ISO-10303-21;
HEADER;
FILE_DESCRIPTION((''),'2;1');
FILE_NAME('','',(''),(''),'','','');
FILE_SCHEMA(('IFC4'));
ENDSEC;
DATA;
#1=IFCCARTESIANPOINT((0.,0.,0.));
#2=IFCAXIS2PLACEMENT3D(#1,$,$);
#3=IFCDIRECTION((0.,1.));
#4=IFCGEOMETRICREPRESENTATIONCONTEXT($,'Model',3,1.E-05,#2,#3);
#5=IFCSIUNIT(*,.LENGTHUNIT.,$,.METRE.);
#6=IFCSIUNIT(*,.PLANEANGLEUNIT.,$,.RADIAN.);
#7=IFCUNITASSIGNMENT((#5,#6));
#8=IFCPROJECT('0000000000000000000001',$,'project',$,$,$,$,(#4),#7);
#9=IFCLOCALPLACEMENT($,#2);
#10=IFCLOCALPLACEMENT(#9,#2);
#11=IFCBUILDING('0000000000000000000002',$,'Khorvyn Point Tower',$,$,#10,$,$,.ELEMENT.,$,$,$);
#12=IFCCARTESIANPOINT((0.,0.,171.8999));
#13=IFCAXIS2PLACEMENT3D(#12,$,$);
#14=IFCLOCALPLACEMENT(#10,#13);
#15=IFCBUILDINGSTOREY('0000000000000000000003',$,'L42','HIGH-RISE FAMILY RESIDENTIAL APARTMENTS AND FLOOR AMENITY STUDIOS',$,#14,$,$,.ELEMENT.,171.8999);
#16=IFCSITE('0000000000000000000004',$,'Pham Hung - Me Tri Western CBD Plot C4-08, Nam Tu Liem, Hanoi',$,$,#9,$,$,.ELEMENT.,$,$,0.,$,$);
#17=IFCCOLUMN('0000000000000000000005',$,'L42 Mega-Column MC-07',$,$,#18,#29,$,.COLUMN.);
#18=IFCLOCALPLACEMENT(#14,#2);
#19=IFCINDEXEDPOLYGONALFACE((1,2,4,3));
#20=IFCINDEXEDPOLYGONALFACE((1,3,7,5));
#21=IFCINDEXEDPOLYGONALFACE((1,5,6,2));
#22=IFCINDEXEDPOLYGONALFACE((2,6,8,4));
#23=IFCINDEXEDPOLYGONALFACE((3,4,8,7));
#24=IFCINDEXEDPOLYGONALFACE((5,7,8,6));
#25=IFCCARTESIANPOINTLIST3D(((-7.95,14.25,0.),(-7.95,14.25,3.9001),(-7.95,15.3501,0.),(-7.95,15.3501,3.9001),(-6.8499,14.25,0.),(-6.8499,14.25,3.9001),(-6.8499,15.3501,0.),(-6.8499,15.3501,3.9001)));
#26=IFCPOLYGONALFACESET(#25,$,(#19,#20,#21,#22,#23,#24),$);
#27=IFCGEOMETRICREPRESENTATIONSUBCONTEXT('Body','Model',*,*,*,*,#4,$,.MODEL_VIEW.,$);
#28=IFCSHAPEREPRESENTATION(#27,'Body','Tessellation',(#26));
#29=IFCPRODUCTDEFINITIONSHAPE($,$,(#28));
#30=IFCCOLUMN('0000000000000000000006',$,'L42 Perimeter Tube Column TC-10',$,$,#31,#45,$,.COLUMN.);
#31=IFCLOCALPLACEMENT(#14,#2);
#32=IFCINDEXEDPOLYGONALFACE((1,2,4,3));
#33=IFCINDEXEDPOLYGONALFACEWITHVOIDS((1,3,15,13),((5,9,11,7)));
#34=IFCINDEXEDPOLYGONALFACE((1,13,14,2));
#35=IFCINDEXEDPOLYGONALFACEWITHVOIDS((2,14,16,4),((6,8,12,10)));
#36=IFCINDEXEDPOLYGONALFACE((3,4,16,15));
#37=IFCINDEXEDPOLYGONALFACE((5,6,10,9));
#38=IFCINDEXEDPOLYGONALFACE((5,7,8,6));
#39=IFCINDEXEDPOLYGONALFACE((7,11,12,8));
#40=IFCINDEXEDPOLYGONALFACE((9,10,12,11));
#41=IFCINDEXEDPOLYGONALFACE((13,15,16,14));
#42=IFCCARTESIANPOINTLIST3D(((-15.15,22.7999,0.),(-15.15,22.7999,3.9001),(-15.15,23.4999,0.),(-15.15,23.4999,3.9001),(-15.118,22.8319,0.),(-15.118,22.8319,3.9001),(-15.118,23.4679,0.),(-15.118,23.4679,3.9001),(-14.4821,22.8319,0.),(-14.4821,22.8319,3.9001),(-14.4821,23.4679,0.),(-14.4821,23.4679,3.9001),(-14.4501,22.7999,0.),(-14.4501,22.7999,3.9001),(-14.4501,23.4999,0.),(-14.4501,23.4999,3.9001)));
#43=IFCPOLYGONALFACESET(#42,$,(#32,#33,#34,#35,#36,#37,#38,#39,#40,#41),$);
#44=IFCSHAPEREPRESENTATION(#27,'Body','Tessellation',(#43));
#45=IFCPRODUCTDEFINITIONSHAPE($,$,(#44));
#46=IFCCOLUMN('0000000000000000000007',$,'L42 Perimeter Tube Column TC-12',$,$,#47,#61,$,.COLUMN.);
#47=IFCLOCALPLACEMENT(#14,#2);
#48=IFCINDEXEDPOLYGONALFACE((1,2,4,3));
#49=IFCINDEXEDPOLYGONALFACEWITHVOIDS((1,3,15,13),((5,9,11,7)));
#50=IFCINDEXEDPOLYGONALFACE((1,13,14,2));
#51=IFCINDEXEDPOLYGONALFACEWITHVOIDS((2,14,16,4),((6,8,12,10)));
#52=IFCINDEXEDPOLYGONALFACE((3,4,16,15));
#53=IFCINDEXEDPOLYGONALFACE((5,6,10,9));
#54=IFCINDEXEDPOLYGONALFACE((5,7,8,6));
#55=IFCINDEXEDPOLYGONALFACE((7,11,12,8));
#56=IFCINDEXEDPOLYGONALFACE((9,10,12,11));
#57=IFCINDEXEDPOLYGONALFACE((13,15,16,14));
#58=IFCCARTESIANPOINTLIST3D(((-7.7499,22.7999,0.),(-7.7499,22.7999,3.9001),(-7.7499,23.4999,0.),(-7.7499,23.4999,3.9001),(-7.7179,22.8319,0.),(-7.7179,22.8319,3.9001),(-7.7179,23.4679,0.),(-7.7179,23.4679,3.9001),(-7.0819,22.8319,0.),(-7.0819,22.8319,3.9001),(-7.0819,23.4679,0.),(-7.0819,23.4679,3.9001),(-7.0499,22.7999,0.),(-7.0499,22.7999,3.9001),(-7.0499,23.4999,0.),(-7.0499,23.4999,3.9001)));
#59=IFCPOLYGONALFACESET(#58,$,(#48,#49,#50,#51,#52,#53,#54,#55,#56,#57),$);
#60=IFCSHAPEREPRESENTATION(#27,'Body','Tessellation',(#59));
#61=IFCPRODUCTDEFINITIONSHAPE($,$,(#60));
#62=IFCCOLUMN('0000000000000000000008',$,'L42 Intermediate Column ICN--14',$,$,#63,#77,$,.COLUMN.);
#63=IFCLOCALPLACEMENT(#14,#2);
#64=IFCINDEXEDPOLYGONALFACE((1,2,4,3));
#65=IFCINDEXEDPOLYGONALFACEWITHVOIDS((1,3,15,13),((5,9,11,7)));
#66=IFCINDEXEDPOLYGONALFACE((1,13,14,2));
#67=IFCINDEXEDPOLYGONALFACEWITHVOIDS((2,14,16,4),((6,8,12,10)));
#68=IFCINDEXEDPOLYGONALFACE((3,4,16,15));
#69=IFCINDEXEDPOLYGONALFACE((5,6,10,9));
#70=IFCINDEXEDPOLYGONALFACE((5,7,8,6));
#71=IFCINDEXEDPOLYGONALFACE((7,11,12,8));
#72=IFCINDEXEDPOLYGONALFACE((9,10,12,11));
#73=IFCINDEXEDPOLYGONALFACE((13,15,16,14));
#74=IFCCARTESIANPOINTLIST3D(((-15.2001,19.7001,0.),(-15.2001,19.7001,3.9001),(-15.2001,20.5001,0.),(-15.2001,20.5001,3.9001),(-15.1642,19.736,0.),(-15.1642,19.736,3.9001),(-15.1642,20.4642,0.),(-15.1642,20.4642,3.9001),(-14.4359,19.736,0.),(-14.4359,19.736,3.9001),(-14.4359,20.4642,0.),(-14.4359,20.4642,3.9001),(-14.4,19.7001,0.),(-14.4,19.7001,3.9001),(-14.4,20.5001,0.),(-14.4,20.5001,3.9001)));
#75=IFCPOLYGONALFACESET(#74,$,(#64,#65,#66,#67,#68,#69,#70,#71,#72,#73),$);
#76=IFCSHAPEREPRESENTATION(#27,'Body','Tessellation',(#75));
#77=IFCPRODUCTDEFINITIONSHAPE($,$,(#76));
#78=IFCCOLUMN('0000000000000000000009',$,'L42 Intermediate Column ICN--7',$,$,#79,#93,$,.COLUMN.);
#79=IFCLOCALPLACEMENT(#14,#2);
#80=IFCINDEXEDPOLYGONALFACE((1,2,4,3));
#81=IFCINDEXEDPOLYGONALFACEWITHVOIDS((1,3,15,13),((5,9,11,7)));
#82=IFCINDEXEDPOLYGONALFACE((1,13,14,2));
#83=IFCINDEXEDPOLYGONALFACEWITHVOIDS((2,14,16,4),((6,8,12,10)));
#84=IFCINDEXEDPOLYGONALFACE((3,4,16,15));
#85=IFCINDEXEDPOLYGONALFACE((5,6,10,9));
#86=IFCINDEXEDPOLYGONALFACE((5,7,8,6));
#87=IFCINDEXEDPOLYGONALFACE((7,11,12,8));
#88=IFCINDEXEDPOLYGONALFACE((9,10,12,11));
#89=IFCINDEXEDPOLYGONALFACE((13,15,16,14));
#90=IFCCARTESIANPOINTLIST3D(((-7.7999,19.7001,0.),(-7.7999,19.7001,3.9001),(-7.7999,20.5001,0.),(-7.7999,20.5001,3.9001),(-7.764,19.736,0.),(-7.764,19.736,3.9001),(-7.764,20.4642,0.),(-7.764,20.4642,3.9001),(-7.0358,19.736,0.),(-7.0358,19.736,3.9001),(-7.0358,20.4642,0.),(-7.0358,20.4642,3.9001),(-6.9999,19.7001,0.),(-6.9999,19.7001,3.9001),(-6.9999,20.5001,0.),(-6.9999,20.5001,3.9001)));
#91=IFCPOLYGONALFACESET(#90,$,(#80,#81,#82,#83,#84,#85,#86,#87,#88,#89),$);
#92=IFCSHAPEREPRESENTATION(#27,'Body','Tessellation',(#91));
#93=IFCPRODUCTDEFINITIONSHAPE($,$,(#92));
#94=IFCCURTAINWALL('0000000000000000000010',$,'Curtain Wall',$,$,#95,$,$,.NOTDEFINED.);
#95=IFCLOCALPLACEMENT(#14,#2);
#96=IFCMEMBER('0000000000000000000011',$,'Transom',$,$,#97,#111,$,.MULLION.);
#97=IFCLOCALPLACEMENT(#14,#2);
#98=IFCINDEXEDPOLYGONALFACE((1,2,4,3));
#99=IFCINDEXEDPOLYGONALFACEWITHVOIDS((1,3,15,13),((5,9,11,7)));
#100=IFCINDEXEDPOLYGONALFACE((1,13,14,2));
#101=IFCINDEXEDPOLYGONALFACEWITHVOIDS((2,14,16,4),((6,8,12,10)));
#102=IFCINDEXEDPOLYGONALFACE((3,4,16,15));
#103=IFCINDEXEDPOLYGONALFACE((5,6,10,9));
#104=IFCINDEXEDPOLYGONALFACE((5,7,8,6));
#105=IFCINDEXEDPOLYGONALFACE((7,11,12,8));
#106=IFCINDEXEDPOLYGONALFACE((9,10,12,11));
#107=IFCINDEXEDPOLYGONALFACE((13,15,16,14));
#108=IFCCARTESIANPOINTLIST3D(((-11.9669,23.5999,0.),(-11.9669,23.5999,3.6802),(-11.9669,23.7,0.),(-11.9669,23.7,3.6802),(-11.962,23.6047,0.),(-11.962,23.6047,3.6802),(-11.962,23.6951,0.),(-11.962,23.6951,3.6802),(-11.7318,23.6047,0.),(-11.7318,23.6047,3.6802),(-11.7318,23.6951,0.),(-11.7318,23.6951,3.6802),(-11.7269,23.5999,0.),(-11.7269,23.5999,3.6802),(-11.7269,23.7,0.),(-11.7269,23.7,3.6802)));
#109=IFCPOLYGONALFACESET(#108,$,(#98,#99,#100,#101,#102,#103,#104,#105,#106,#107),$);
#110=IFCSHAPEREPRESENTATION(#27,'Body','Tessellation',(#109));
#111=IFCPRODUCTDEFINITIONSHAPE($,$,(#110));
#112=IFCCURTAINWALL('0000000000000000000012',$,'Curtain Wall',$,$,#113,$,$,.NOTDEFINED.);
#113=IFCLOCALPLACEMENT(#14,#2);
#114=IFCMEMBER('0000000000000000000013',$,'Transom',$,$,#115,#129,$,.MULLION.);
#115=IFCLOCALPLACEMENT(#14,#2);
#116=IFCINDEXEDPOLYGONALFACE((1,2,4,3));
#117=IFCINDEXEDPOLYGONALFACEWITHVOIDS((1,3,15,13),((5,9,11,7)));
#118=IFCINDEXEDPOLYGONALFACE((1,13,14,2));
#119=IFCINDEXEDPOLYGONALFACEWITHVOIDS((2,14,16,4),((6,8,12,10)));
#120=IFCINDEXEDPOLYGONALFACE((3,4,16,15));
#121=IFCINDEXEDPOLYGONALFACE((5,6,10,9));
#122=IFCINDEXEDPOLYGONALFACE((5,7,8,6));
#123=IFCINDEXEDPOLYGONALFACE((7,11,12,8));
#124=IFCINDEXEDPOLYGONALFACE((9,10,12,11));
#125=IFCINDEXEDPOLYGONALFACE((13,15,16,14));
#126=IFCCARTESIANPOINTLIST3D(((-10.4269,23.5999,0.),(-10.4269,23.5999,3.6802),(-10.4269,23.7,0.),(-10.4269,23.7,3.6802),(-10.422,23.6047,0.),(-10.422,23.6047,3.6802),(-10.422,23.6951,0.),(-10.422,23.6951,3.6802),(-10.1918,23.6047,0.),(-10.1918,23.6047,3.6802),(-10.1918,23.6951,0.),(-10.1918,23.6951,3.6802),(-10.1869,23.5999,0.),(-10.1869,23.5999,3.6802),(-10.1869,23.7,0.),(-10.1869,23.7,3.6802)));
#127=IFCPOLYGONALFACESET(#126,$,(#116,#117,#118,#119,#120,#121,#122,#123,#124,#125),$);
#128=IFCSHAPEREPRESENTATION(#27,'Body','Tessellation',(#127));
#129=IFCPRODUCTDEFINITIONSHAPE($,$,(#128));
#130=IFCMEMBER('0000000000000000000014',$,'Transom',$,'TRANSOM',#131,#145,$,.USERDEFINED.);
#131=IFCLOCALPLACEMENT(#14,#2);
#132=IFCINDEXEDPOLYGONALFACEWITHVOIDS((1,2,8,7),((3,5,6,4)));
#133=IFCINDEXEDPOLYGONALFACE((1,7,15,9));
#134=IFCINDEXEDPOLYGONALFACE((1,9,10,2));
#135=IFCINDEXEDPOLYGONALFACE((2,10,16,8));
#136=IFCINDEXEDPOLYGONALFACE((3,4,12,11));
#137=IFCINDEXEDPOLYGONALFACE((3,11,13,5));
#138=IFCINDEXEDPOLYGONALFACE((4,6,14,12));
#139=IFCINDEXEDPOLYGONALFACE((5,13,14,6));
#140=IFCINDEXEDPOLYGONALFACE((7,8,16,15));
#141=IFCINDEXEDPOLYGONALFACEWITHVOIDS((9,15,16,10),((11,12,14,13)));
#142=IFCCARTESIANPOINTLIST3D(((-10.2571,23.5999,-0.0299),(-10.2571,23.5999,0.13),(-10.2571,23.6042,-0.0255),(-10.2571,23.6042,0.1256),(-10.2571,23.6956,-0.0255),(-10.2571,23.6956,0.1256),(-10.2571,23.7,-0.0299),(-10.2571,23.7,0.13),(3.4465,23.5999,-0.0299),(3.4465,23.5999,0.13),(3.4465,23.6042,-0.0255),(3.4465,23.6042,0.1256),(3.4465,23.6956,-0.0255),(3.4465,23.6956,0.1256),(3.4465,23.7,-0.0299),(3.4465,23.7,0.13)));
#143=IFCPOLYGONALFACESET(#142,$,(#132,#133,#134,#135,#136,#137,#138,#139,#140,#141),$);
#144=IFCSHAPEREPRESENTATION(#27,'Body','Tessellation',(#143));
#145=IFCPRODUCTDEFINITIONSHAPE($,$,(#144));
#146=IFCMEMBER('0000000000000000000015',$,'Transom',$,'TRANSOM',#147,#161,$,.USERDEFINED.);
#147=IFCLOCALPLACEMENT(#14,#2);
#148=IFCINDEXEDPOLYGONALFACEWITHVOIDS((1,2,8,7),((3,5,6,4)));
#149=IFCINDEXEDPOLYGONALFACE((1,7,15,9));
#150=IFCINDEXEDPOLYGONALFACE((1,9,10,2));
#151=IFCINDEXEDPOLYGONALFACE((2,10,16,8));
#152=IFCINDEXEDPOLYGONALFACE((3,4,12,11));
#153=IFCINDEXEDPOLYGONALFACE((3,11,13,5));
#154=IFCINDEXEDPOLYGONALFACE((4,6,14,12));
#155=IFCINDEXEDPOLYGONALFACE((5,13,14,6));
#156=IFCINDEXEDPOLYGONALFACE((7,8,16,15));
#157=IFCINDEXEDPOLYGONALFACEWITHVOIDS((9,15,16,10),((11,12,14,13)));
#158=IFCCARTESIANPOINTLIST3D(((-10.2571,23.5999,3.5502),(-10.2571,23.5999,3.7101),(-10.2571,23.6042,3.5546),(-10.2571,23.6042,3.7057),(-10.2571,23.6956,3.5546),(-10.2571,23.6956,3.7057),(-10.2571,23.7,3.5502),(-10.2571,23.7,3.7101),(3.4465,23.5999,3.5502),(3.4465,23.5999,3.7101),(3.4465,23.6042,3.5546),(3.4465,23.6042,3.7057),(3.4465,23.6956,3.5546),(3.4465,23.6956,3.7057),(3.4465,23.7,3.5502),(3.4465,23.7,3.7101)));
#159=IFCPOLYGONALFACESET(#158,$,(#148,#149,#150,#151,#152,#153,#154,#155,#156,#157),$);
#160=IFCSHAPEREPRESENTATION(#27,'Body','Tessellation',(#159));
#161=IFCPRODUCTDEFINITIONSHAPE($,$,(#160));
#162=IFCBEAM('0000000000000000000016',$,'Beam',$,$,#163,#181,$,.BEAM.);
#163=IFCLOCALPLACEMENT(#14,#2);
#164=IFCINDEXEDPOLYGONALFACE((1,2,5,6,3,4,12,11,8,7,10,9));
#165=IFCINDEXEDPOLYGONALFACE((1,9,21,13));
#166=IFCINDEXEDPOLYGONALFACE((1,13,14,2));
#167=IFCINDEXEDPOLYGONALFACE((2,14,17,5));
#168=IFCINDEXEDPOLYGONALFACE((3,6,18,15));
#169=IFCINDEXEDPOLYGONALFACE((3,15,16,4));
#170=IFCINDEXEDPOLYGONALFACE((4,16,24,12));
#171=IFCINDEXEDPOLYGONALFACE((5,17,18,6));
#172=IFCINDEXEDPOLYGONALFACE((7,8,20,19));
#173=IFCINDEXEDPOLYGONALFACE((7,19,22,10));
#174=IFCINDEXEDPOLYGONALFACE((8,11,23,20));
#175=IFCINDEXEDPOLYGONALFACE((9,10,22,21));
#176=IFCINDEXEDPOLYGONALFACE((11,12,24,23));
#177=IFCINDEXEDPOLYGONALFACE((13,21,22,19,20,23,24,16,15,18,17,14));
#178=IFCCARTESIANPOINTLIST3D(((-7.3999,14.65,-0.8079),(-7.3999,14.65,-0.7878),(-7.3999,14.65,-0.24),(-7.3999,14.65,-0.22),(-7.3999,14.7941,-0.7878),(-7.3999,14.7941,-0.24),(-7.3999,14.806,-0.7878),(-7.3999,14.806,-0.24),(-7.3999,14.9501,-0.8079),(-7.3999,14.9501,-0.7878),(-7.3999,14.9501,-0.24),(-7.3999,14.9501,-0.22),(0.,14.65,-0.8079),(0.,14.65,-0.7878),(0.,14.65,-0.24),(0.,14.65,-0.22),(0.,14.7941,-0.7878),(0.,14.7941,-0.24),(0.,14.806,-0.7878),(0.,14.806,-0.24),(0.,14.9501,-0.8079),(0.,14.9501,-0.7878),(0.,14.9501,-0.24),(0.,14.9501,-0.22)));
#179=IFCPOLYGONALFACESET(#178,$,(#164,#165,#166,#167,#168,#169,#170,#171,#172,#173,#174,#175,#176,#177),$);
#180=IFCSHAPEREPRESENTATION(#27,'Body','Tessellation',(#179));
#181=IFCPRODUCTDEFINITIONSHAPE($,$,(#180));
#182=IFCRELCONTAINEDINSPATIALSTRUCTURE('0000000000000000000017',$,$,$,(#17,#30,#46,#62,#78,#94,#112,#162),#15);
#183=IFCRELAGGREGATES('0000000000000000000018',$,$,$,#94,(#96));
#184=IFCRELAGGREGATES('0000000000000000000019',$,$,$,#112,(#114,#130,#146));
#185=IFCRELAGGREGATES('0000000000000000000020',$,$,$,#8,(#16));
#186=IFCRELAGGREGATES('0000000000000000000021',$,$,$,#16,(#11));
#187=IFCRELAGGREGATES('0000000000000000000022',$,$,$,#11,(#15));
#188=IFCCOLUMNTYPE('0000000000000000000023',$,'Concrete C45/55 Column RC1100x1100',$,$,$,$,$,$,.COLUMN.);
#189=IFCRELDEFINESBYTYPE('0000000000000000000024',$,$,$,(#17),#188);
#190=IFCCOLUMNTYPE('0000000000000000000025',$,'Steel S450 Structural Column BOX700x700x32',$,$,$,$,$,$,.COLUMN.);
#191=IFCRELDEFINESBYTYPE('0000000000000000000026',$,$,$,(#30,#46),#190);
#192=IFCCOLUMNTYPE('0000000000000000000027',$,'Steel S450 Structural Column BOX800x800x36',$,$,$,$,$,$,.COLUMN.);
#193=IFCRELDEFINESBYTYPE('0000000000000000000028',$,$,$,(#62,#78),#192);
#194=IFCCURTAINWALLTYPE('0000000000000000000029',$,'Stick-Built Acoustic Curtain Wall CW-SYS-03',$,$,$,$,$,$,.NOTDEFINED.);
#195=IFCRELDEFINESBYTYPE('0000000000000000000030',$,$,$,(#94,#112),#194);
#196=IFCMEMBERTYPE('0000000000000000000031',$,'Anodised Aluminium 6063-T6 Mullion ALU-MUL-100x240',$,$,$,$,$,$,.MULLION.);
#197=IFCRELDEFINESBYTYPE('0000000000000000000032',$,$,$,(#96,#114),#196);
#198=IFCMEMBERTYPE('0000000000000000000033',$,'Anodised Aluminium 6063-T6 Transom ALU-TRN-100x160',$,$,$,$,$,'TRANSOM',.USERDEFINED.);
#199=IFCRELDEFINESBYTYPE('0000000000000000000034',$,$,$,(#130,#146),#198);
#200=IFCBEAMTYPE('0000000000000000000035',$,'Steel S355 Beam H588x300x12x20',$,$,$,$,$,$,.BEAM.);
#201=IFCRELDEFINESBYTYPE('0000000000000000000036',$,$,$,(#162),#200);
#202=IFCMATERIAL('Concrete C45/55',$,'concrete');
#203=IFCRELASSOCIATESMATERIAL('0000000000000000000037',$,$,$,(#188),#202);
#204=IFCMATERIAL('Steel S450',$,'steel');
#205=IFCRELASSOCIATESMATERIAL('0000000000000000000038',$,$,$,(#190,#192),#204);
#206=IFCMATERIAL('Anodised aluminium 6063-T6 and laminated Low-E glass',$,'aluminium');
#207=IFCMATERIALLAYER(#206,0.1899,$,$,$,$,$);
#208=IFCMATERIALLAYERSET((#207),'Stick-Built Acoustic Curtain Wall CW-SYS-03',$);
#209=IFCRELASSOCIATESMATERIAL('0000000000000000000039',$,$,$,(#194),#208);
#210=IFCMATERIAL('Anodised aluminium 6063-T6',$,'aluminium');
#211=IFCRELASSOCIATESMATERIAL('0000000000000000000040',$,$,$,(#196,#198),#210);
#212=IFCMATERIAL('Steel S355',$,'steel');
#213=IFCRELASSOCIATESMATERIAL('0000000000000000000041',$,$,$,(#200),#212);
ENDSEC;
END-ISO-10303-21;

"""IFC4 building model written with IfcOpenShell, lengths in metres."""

from ifc_helpers import new_model, si_unit, direction, frame, origin, origin_2d, place, context, subcontext, project, spatial, rectangle, hollow_rectangle, i_section, extrude, material, layer, layer_set, material_profile, profile_set, type_object, element, aggregate, save


model = new_model("IFC4")

# Units and contexts
model_context = context("Model", 3, precision=1e-05, world=origin(), true_north=direction((0.0, 1.0)))
body_context = subcontext(model_context, "Body", "Model", "MODEL_VIEW")
ifc_project = project(units=[si_unit("LENGTHUNIT", "METRE"), si_unit("PLANEANGLEUNIT", "RADIAN")], contexts=[model_context])

# Site, building, storey
site_placement = place(None, origin())
site = spatial("IfcSite", under=ifc_project, at=site_placement, Name="Pham Hung - Me Tri Western CBD Plot C4-08, Nam Tu Liem, Hanoi", CompositionType="ELEMENT", RefElevation=0.0)
building_placement = place(site_placement, origin())
building = spatial("IfcBuilding", under=site, at=building_placement, Name="Khorvyn Point Tower", CompositionType="ELEMENT")
storey_placement = place(building_placement, frame((0.0, 0.0, 171.8999)))
storey = spatial("IfcBuildingStorey", under=building, at=storey_placement, Name="L42", Description="HIGH-RISE FAMILY RESIDENTIAL APARTMENTS AND FLOOR AMENITY STUDIOS", CompositionType="ELEMENT", Elevation=171.8999)

# Columns
ifc_material_1 = material(Name="Concrete C45/55", Category="concrete")
ifc_material_profile_1 = material_profile(ifc_material_1, rectangle(XDim=1.1001, YDim=1.1001, at=origin_2d()))
ifc_profile_set_1 = profile_set([ifc_material_profile_1], Name="Concrete C45/55 RC1100x1100")
column_type_1 = type_object("IfcColumnType", Name="Concrete C45/55 Column RC1100x1100", PredefinedType="COLUMN", material=ifc_profile_set_1)
column_placement = place(storey_placement, frame((-7.3999, 14.8, 0.0), z_axis=(0.0, 0.0, 1.0), x_axis=(1.0, 0.0, 0.0)))
element("IfcColumn", 1, at=column_placement, inside=storey, type_object=column_type_1, Name="L42 Mega-Column MC-07", PredefinedType="COLUMN", context=body_context, shape_type="SweptSolid", body=[
    extrude(rectangle(XDim=1.1001, YDim=1.1001, at=origin_2d()), origin(), (0.0, 0.0, 1.0), 3.9001),
])
ifc_material_2 = material(Name="Steel S450", Category="steel")
ifc_material_profile_2 = material_profile(ifc_material_2, hollow_rectangle(XDim=0.7, YDim=0.7, WallThickness=0.032, at=origin_2d()))
ifc_profile_set_2 = profile_set([ifc_material_profile_2], Name="Steel S450 BOX700x700x32")
column_type_2 = type_object("IfcColumnType", Name="Steel S450 Structural Column BOX700x700x32", PredefinedType="COLUMN", material=ifc_profile_set_2)
for number, where, z_axis, x_axis, name in (
    (2, (-14.8, 23.1499, 0.0), (0.0, 0.0, 1.0), (1.0, 0.0, 0.0), "L42 Perimeter Tube Column TC-10"),
    (3, (-7.3999, 23.1499, 0.0), (0.0, 0.0, 1.0), (1.0, 0.0, 0.0), "L42 Perimeter Tube Column TC-12"),
):
    element("IfcColumn", number, at=place(storey_placement, frame(where, z_axis=z_axis, x_axis=x_axis)), inside=storey, type_object=column_type_2, Name=name, PredefinedType="COLUMN", context=body_context, shape_type="SweptSolid", body=[
        extrude(hollow_rectangle(XDim=0.7, YDim=0.7, WallThickness=0.032, at=origin_2d()), origin(), (0.0, 0.0, 1.0), 3.9001),
    ])
ifc_material_profile_3 = material_profile(ifc_material_2, hollow_rectangle(XDim=0.8, YDim=0.8, WallThickness=0.0359, at=origin_2d()))
ifc_profile_set_3 = profile_set([ifc_material_profile_3], Name="Steel S450 BOX800x800x36")
column_type_3 = type_object("IfcColumnType", Name="Steel S450 Structural Column BOX800x800x36", PredefinedType="COLUMN", material=ifc_profile_set_3)
for number, where, z_axis, x_axis, name in (
    (4, (-14.8, 20.1001, 0.0), (0.0, 0.0, 1.0), (1.0, 0.0, 0.0), "L42 Intermediate Column ICN--14"),
    (5, (-7.3999, 20.1001, 0.0), (0.0, 0.0, 1.0), (1.0, 0.0, 0.0), "L42 Intermediate Column ICN--7"),
):
    element("IfcColumn", number, at=place(storey_placement, frame(where, z_axis=z_axis, x_axis=x_axis)), inside=storey, type_object=column_type_3, Name=name, PredefinedType="COLUMN", context=body_context, shape_type="SweptSolid", body=[
        extrude(hollow_rectangle(XDim=0.8, YDim=0.8, WallThickness=0.0359, at=origin_2d()), origin(), (0.0, 0.0, 1.0), 3.9001),
    ])

# Curtain wall, member
ifc_material_3 = material(Name="Anodised aluminium 6063-T6 and laminated Low-E glass", Category="aluminium")
ifc_layer_1 = layer(ifc_material_3, 0.1899)
ifc_layer_set_1 = layer_set([ifc_layer_1], Name="Stick-Built Acoustic Curtain Wall CW-SYS-03")
curtain_wall_type = type_object("IfcCurtainWallType", Name="Stick-Built Acoustic Curtain Wall CW-SYS-03", PredefinedType="NOTDEFINED", material=ifc_layer_set_1)
curtain_wall_1_placement = place(storey_placement, origin())
curtain_wall_1 = element("IfcCurtainWall", 6, at=curtain_wall_1_placement, inside=storey, type_object=curtain_wall_type, Name="Curtain Wall", PredefinedType="NOTDEFINED")
ifc_material_4 = material(Name="Anodised aluminium 6063-T6", Category="aluminium")
ifc_material_profile_4 = material_profile(ifc_material_4, hollow_rectangle(XDim=0.1001, YDim=0.24, WallThickness=0.0049, at=origin_2d()))
ifc_profile_set_4 = profile_set([ifc_material_profile_4], Name="Anodised aluminium 6063-T6 ALU-MUL-100x240")
member_type_1 = type_object("IfcMemberType", Name="Anodised Aluminium 6063-T6 Mullion ALU-MUL-100x240", PredefinedType="MULLION", material=ifc_profile_set_4)
member_1_placement = place(storey_placement, frame((-11.8469, 23.6499, 0.0), z_axis=(0.0, 0.0, 1.0), x_axis=(0.0, 1.0, 0.0)))
member_1 = element("IfcMember", 7, at=member_1_placement, type_object=member_type_1, Name="Transom", PredefinedType="MULLION", context=body_context, shape_type="SweptSolid", body=[
    extrude(hollow_rectangle(XDim=0.1001, YDim=0.24, WallThickness=0.0049, at=origin_2d()), origin(), (0.0, 0.0, 1.0), 3.6802),
])

# Curtain wall, members
curtain_wall_2_placement = place(storey_placement, origin())
curtain_wall_2 = element("IfcCurtainWall", 8, at=curtain_wall_2_placement, inside=storey, type_object=curtain_wall_type, Name="Curtain Wall", PredefinedType="NOTDEFINED")
member_2_placement = place(storey_placement, frame((-10.3069, 23.6499, 0.0), z_axis=(0.0, 0.0, 1.0), x_axis=(0.0, 1.0, 0.0)))
member_2 = element("IfcMember", 9, at=member_2_placement, type_object=member_type_1, Name="Transom", PredefinedType="MULLION", context=body_context, shape_type="SweptSolid", body=[
    extrude(hollow_rectangle(XDim=0.1001, YDim=0.24, WallThickness=0.0049, at=origin_2d()), origin(), (0.0, 0.0, 1.0), 3.6802),
])
ifc_material_profile_5 = material_profile(ifc_material_4, hollow_rectangle(XDim=0.1001, YDim=0.1599, WallThickness=0.0044, at=origin_2d()))
ifc_profile_set_5 = profile_set([ifc_material_profile_5], Name="Anodised aluminium 6063-T6 ALU-TRN-100x160")
member_type_2 = type_object("IfcMemberType", Name="Anodised Aluminium 6063-T6 Transom ALU-TRN-100x160", ElementType="TRANSOM", PredefinedType="USERDEFINED", material=ifc_profile_set_5)
member_3_placement = place(storey_placement, frame((-10.2571, 23.6499, 0.05), z_axis=(1.0, 0.0, 0.0), x_axis=(0.0, 1.0, 0.0)))
member_3 = element("IfcMember", 10, at=member_3_placement, type_object=member_type_2, Name="Transom", ObjectType="TRANSOM", PredefinedType="USERDEFINED", context=body_context, shape_type="SweptSolid", body=[
    extrude(hollow_rectangle(XDim=0.1001, YDim=0.1599, WallThickness=0.0044, at=origin_2d()), origin(), (0.0, 0.0, 1.0), 13.7036),
])
member_4_placement = place(storey_placement, frame((-10.2571, 23.6499, 3.6301), z_axis=(1.0, 0.0, 0.0), x_axis=(0.0, 1.0, 0.0)))
member_4 = element("IfcMember", 11, at=member_4_placement, type_object=member_type_2, Name="Transom", ObjectType="TRANSOM", PredefinedType="USERDEFINED", context=body_context, shape_type="SweptSolid", body=[
    extrude(hollow_rectangle(XDim=0.1001, YDim=0.1599, WallThickness=0.0044, at=origin_2d()), origin(), (0.0, 0.0, 1.0), 13.7036),
])

# Beam
ifc_material_5 = material(Name="Steel S355", Category="steel")
ifc_material_profile_6 = material_profile(ifc_material_5, i_section(OverallWidth=0.3, OverallDepth=0.5879, WebThickness=0.012, FlangeThickness=0.02, at=origin_2d()))
ifc_profile_set_6 = profile_set([ifc_material_profile_6], Name="Steel S355 H588x300x12x20")
beam_type_1 = type_object("IfcBeamType", Name="Steel S355 Beam H588x300x12x20", PredefinedType="BEAM", material=ifc_profile_set_6)
beam_1_placement = place(storey_placement, frame((-7.3999, 14.8, -0.5139), z_axis=(1.0, 0.0, 0.0), x_axis=(0.0, 1.0, 0.0)))
element("IfcBeam", 12, at=beam_1_placement, inside=storey, type_object=beam_type_1, Name="Beam", PredefinedType="BEAM", context=body_context, shape_type="SweptSolid", body=[
    extrude(i_section(OverallWidth=0.3, OverallDepth=0.5879, WebThickness=0.012, FlangeThickness=0.02, at=origin_2d()), origin(), (0.0, 0.0, 1.0), 7.3999),
])

aggregate(curtain_wall_1, [member_1])
aggregate(curtain_wall_2, [member_2, member_3, member_4])

save(model, "model.ifc")
